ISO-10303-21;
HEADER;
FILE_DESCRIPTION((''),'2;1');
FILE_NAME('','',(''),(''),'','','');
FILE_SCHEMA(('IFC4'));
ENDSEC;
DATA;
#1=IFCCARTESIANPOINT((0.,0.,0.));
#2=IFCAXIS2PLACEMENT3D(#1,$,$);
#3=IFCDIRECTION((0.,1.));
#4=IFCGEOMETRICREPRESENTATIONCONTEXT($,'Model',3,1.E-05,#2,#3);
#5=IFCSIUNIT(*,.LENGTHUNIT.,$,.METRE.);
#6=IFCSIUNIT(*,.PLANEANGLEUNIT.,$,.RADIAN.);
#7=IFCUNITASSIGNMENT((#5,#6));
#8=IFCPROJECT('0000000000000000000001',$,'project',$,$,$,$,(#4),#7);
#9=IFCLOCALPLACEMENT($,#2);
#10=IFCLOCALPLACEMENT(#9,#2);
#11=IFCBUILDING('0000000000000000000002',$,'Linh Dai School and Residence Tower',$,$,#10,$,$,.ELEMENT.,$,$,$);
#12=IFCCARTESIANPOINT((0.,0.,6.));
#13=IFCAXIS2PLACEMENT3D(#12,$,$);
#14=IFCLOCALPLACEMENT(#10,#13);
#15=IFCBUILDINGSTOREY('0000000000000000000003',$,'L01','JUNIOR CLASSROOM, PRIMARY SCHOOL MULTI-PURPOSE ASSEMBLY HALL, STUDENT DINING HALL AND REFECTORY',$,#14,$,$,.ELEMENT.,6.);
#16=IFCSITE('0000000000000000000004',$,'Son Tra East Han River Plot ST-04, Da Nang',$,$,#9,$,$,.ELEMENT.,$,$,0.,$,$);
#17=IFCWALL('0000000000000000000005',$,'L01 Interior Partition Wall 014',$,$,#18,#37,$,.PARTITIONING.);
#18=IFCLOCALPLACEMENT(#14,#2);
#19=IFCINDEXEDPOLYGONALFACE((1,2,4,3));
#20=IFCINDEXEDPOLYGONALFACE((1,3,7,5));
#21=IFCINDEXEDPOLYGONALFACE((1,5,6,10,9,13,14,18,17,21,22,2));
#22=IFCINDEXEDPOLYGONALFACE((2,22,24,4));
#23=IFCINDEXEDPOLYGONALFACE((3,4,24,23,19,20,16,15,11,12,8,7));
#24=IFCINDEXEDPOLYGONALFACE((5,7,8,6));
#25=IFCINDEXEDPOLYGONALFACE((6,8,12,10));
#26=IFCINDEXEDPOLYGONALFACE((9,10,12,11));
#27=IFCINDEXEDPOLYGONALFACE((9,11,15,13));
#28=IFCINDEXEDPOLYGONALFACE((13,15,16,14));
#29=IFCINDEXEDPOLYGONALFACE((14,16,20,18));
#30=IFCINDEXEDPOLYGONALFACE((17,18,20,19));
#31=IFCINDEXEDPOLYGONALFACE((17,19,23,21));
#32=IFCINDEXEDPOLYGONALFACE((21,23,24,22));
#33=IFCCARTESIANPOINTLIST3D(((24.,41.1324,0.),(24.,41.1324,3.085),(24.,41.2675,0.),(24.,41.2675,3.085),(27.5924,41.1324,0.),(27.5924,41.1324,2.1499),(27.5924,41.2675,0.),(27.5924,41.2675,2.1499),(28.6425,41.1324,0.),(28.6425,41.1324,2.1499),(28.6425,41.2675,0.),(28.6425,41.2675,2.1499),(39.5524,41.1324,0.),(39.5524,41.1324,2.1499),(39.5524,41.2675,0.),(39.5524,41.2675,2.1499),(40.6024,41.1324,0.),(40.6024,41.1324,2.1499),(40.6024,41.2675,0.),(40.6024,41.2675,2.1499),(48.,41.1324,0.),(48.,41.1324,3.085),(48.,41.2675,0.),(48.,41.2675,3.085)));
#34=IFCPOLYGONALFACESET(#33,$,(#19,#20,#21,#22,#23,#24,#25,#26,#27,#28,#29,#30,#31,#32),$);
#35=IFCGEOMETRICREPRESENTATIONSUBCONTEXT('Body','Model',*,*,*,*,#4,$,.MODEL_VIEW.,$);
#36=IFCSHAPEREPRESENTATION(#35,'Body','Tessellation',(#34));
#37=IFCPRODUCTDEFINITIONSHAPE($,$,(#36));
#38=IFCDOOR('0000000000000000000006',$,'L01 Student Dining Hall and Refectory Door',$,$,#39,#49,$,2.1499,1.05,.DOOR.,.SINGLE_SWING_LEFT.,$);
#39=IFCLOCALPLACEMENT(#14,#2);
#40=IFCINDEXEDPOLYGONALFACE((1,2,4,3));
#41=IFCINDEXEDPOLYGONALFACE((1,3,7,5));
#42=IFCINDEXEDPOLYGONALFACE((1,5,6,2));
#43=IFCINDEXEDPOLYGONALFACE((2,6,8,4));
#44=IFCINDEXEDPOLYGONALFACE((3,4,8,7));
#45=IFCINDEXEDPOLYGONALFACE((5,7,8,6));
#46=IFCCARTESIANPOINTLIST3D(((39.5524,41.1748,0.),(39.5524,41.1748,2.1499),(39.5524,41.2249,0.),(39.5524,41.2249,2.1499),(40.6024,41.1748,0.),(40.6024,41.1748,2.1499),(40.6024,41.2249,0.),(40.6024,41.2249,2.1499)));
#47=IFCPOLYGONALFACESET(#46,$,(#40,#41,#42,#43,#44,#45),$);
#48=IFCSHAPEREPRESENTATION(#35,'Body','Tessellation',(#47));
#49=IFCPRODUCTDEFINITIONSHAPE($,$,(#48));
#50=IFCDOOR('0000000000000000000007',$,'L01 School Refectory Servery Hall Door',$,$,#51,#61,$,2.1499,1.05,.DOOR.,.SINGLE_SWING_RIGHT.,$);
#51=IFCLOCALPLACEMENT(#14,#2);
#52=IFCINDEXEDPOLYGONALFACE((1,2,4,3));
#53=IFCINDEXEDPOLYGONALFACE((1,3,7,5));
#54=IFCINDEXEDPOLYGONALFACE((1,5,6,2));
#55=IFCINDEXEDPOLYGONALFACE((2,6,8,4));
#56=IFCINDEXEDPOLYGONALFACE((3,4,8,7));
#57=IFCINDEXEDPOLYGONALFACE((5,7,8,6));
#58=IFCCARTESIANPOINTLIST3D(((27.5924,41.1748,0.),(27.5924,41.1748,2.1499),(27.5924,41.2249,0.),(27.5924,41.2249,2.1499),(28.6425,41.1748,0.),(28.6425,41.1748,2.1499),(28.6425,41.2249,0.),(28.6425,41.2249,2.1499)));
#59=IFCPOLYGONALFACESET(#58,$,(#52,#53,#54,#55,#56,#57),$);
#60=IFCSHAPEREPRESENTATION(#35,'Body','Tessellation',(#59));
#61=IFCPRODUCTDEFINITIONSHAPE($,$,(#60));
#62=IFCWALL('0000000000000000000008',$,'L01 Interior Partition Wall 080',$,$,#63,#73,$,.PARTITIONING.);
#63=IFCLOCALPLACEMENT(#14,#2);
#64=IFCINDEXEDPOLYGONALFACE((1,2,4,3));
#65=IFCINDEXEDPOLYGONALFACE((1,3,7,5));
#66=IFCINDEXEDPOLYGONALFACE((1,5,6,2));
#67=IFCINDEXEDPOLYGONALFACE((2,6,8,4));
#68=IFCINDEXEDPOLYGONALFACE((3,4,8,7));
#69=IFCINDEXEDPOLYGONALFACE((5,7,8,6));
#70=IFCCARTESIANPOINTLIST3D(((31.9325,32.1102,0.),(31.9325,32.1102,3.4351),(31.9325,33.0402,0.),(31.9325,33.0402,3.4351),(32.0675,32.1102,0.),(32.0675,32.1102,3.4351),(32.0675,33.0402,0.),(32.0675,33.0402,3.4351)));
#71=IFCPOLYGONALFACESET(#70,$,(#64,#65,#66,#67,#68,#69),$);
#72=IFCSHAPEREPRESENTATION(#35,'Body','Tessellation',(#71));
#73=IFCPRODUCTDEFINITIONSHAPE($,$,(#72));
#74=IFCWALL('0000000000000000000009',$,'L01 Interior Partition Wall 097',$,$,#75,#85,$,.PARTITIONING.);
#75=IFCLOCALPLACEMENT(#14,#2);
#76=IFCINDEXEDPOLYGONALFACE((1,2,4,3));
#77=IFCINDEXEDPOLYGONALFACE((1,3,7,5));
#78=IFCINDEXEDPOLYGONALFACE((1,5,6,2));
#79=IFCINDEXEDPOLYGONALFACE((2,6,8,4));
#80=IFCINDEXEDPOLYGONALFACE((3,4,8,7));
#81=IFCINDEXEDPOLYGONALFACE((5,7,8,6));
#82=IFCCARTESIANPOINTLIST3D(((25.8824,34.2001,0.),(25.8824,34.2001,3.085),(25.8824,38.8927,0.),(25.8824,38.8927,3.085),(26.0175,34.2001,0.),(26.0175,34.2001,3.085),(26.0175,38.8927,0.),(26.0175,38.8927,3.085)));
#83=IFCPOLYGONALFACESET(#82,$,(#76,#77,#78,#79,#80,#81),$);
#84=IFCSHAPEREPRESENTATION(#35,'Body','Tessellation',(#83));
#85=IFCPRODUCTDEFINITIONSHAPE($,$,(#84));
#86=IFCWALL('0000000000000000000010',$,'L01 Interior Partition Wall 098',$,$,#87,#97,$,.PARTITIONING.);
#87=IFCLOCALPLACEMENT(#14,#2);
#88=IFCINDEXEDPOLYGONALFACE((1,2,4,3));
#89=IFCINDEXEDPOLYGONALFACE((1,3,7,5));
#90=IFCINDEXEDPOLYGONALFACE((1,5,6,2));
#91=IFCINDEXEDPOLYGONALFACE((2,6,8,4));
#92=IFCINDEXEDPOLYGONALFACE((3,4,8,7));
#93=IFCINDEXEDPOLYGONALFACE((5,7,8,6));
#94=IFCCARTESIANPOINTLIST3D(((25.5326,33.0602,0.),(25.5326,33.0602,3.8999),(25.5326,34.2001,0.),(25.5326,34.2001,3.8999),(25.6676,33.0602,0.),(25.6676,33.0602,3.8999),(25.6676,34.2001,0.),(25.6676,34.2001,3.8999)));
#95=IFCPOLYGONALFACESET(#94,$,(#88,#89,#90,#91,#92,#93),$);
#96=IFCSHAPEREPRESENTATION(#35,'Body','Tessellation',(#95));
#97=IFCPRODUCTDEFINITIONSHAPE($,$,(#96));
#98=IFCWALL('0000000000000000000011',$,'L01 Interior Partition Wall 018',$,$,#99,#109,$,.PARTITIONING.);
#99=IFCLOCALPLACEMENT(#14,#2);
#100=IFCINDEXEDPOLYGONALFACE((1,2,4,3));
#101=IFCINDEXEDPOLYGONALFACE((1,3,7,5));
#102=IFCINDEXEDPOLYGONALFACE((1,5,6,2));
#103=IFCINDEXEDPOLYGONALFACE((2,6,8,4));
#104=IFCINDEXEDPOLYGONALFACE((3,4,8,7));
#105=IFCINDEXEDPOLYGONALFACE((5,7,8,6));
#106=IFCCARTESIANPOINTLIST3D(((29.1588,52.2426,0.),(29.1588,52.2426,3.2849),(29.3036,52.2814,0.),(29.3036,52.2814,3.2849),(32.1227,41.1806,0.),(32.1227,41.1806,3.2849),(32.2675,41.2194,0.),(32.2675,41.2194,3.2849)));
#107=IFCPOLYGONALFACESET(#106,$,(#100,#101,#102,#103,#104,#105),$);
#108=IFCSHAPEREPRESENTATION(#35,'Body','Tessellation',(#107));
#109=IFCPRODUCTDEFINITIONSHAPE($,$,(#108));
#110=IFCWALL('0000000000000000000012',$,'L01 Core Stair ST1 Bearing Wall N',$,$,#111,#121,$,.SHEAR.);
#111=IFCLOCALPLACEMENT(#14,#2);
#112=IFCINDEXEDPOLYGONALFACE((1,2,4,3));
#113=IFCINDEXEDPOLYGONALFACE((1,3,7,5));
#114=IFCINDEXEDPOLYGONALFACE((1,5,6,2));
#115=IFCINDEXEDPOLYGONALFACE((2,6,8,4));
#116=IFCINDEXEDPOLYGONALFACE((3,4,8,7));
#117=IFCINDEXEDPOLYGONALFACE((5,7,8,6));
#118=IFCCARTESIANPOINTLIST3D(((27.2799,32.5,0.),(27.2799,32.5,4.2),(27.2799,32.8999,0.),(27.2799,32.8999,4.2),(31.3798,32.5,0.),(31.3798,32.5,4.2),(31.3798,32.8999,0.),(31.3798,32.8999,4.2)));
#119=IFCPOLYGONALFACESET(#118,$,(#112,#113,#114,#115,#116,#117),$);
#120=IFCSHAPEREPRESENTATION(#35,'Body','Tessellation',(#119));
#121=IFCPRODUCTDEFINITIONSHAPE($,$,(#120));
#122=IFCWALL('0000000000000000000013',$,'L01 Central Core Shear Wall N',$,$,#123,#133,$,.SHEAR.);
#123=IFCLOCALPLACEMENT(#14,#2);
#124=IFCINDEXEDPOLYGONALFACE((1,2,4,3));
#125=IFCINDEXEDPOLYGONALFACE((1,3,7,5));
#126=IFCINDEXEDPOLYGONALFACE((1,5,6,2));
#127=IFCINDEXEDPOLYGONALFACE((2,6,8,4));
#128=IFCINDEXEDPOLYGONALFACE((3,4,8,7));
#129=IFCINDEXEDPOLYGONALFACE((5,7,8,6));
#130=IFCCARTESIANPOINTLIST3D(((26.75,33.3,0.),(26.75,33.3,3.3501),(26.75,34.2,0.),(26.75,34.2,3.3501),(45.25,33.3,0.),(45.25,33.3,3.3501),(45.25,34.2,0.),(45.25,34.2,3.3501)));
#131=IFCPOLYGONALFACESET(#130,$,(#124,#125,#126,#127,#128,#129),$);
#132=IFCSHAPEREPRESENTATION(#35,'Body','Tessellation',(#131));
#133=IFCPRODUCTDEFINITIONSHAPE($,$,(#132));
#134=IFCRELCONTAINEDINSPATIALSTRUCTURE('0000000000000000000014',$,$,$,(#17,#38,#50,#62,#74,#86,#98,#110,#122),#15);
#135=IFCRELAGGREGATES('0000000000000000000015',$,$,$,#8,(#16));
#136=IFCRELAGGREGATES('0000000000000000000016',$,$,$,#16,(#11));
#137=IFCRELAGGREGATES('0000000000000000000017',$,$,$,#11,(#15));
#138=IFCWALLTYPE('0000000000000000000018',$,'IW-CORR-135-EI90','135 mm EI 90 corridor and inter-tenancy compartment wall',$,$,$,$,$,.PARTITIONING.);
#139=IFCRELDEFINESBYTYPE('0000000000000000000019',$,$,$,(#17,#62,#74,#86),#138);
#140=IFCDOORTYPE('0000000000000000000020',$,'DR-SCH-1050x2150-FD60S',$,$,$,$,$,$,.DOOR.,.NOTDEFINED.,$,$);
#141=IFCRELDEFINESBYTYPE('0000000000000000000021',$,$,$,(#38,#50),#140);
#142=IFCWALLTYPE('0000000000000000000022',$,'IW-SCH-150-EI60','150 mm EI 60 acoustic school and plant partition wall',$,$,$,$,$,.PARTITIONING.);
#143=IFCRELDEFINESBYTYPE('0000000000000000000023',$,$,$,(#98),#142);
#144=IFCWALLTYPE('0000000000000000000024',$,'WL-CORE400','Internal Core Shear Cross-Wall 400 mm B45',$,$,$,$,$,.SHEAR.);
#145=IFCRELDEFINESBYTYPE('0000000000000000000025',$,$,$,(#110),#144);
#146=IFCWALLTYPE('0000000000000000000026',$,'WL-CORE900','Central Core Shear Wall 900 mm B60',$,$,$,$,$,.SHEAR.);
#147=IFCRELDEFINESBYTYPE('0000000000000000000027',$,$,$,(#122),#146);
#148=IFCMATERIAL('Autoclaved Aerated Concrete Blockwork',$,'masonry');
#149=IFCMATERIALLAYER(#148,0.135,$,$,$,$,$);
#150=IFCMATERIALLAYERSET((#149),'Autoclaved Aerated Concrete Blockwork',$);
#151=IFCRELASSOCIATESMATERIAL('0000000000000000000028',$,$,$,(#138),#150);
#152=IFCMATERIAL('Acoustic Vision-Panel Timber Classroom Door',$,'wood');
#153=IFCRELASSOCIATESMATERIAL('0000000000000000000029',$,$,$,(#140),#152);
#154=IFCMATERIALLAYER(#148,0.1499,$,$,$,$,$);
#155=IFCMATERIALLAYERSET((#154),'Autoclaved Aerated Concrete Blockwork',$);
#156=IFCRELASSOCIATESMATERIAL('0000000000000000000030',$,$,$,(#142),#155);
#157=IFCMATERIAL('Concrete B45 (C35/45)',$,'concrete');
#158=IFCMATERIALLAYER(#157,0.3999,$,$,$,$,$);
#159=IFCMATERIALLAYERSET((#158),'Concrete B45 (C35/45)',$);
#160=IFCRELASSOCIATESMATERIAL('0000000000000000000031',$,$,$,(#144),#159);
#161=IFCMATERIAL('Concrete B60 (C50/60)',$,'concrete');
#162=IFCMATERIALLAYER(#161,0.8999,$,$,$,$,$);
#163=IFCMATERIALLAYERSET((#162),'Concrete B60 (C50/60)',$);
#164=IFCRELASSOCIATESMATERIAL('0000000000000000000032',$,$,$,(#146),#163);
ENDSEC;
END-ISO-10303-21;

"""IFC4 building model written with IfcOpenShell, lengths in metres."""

from ifc_helpers import new_model, si_unit, direction, frame, frame_2d, origin, origin_2d, place, context, subcontext, project, spatial, rectangle, extrude, source, transform, mapped, material, layer, layer_set, type_object, element, fill, save


model = new_model("IFC4")

# Units and contexts
model_context = context("Model", 3, precision=1e-05, world=origin(), true_north=direction((0.0, 1.0)))
body_context = subcontext(model_context, "Body", "Model", "MODEL_VIEW")
ifc_project = project(units=[si_unit("LENGTHUNIT", "METRE"), si_unit("PLANEANGLEUNIT", "RADIAN")], contexts=[model_context])

# Site, building, storey
site_placement = place(None, origin())
site = spatial("IfcSite", under=ifc_project, at=site_placement, Name="Son Tra East Han River Plot ST-04, Da Nang", CompositionType="ELEMENT", RefElevation=0.0)
building_placement = place(site_placement, origin())
building = spatial("IfcBuilding", under=site, at=building_placement, Name="Linh Dai School and Residence Tower", CompositionType="ELEMENT")
storey_placement = place(building_placement, frame((0.0, 0.0, 6.0)))
storey = spatial("IfcBuildingStorey", under=building, at=storey_placement, Name="L01", Description="JUNIOR CLASSROOM, PRIMARY SCHOOL MULTI-PURPOSE ASSEMBLY HALL, STUDENT DINING HALL AND REFECTORY", CompositionType="ELEMENT", Elevation=6.0)

# Shared definitions
ifc_material_1 = material(Name="Concrete B60 (C50/60)", Category="concrete")

# Wall, openings, doors
ifc_material_2 = material(Name="Autoclaved Aerated Concrete Blockwork", Category="masonry")
ifc_layer_1 = layer(ifc_material_2, 0.135)
ifc_layer_set_1 = layer_set([ifc_layer_1], Name="Autoclaved Aerated Concrete Blockwork")
wall_type_1 = type_object("IfcWallType", Name="IW-CORR-135-EI90", Description="135 mm EI 90 corridor and inter-tenancy compartment wall", PredefinedType="PARTITIONING", material=ifc_layer_set_1)
ifc_material_3 = material(Name="Acoustic Vision-Panel Timber Classroom Door", Category="wood")
door_type = type_object("IfcDoorType", Name="DR-SCH-1050x2150-FD60S", OperationType="NOTDEFINED", PredefinedType="DOOR", material=ifc_material_3)
shared_shape_1 = source(origin(), body_context, "Body", "SweptSolid", [
    extrude(rectangle(XDim=1.05, YDim=2.1499, at=origin_2d()), frame((0.5249, 0.0249, 1.075), z_axis=(0.0, -1.0, 0.0), x_axis=(1.0, 0.0, 0.0)), (0.0, 0.0, 1.0), 0.05),
])
wall_1_placement = place(storey_placement, frame((24.0, 41.2, 0.0), z_axis=(0.0, 0.0, 1.0), x_axis=(1.0, 0.0, 0.0)))
wall_1 = element("IfcWall", 1, at=wall_1_placement, inside=storey, type_object=wall_type_1, Name="L01 Interior Partition Wall 014", PredefinedType="PARTITIONING", context=body_context, shape_type="SweptSolid", body=[
    extrude(rectangle(XDim=24.0, YDim=0.135, at=frame_2d((12.0, 0.0))), origin(), (0.0, 0.0, 1.0), 3.085),
])
opening_1_placement = place(wall_1_placement, frame((15.5525, 0.0, 0.0)))
opening_1 = element("IfcOpeningElement", 2, at=opening_1_placement, cuts=wall_1, PredefinedType="OPENING", context=body_context, shape_type="SweptSolid", body=[
    extrude(rectangle(XDim=1.05, YDim=2.1499, at=origin_2d()), frame((0.5249, 0.0776, 1.075), z_axis=(0.0, -1.0, 0.0), x_axis=(1.0, 0.0, 0.0)), (0.0, 0.0, 1.0), 0.155),
])
opening_2_placement = place(wall_1_placement, frame((3.5925, 0.0, 0.0)))
opening_2 = element("IfcOpeningElement", 3, at=opening_2_placement, cuts=wall_1, PredefinedType="OPENING", context=body_context, shape_type="SweptSolid", body=[
    extrude(rectangle(XDim=1.05, YDim=2.1499, at=origin_2d()), frame((0.5249, 0.0776, 1.075), z_axis=(0.0, -1.0, 0.0), x_axis=(1.0, 0.0, 0.0)), (0.0, 0.0, 1.0), 0.155),
])
door_1_placement = place(opening_1_placement, origin())
door_1 = element("IfcDoor", 4, at=door_1_placement, inside=storey, type_object=door_type, Name="L01 Student Dining Hall and Refectory Door", OperationType="SINGLE_SWING_LEFT", OverallHeight=2.1499, OverallWidth=1.05, PredefinedType="DOOR", context=body_context, shape_type="MappedRepresentation", body=[
    mapped(shared_shape_1, transform((0.0, 0.0, 0.0), x_axis=(1.0, 0.0, 0.0), y_axis=(0.0, 1.0, 0.0), z_axis=(0.0, 0.0, 1.0), scale=1.0)),
])
fill(opening_1, door_1)
door_2_placement = place(opening_2_placement, origin())
door_2 = element("IfcDoor", 5, at=door_2_placement, inside=storey, type_object=door_type, Name="L01 School Refectory Servery Hall Door", OperationType="SINGLE_SWING_RIGHT", OverallHeight=2.1499, OverallWidth=1.05, PredefinedType="DOOR", context=body_context, shape_type="MappedRepresentation", body=[
    mapped(shared_shape_1, transform((0.0, 0.0, 0.0), x_axis=(1.0, 0.0, 0.0), y_axis=(0.0, 1.0, 0.0), z_axis=(0.0, 0.0, 1.0), scale=1.0)),
])
fill(opening_2, door_2)

# Walls
wall_2_placement = place(storey_placement, frame((32.0, 33.04, 0.0), z_axis=(0.0, 0.0, 1.0), x_axis=(0.0, -1.0, 0.0)))
element("IfcWall", 6, at=wall_2_placement, inside=storey, type_object=wall_type_1, Name="L01 Interior Partition Wall 080", PredefinedType="PARTITIONING", context=body_context, shape_type="SweptSolid", body=[
    extrude(rectangle(XDim=0.9299, YDim=0.135, at=frame_2d((0.4648, 0.0))), origin(), (0.0, 0.0, 1.0), 3.4351),
])
wall_3_placement = place(storey_placement, frame((25.95, 38.8926, 0.0), z_axis=(0.0, 0.0, 1.0), x_axis=(0.0, -1.0, 0.0)))
element("IfcWall", 7, at=wall_3_placement, inside=storey, type_object=wall_type_1, Name="L01 Interior Partition Wall 097", PredefinedType="PARTITIONING", context=body_context, shape_type="SweptSolid", body=[
    extrude(rectangle(XDim=4.6926, YDim=0.135, at=frame_2d((2.3462, 0.0))), origin(), (0.0, 0.0, 1.0), 3.085),
])
wall_4_placement = place(storey_placement, frame((25.6001, 34.2, 0.0), z_axis=(0.0, 0.0, 1.0), x_axis=(0.0, -1.0, 0.0)))
element("IfcWall", 8, at=wall_4_placement, inside=storey, type_object=wall_type_1, Name="L01 Interior Partition Wall 098", PredefinedType="PARTITIONING", context=body_context, shape_type="SweptSolid", body=[
    extrude(rectangle(XDim=1.1399, YDim=0.135, at=frame_2d((0.5698, 0.0))), origin(), (0.0, 0.0, 1.0), 3.8999),
])
ifc_layer_2 = layer(ifc_material_2, 0.1499)
ifc_layer_set_2 = layer_set([ifc_layer_2], Name="Autoclaved Aerated Concrete Blockwork")
wall_type_2 = type_object("IfcWallType", Name="IW-SCH-150-EI60", Description="150 mm EI 60 acoustic school and plant partition wall", PredefinedType="PARTITIONING", material=ifc_layer_set_2)
wall_5_placement = place(storey_placement, frame((29.2312, 52.262, 0.0), z_axis=(0.0, 0.0, 1.0), x_axis=(0.258804, -0.96593, 0.0)))
element("IfcWall", 9, at=wall_5_placement, inside=storey, type_object=wall_type_2, Name="L01 Interior Partition Wall 018", PredefinedType="PARTITIONING", context=body_context, shape_type="SweptSolid", body=[
    extrude(rectangle(XDim=11.4521, YDim=0.1499, at=frame_2d((5.7261, 0.0))), origin(), (0.0, 0.0, 1.0), 3.2849),
])
ifc_material_4 = material(Name="Concrete B45 (C35/45)", Category="concrete")
ifc_layer_3 = layer(ifc_material_4, 0.3999)
ifc_layer_set_3 = layer_set([ifc_layer_3], Name="Concrete B45 (C35/45)")
wall_type_3 = type_object("IfcWallType", Name="WL-CORE400", Description="Internal Core Shear Cross-Wall 400 mm B45", PredefinedType="SHEAR", material=ifc_layer_set_3)
wall_6_placement = place(storey_placement, frame((27.28, 32.7, 0.0), z_axis=(0.0, 0.0, 1.0), x_axis=(1.0, 0.0, 0.0)))
element("IfcWall", 10, at=wall_6_placement, inside=storey, type_object=wall_type_3, Name="L01 Core Stair ST1 Bearing Wall N", PredefinedType="SHEAR", context=body_context, shape_type="SweptSolid", body=[
    extrude(rectangle(XDim=4.0999, YDim=0.3999, at=frame_2d((2.0498, 0.0))), origin(), (0.0, 0.0, 1.0), 4.2),
])
ifc_layer_4 = layer(ifc_material_1, 0.8999)
ifc_layer_set_4 = layer_set([ifc_layer_4], Name="Concrete B60 (C50/60)")
wall_type_4 = type_object("IfcWallType", Name="WL-CORE900", Description="Central Core Shear Wall 900 mm B60", PredefinedType="SHEAR", material=ifc_layer_set_4)
wall_7_placement = place(storey_placement, frame((26.75, 33.75, 0.0), z_axis=(0.0, 0.0, 1.0), x_axis=(1.0, 0.0, 0.0)))
element("IfcWall", 11, at=wall_7_placement, inside=storey, type_object=wall_type_4, Name="L01 Central Core Shear Wall N", PredefinedType="SHEAR", context=body_context, shape_type="SweptSolid", body=[
    extrude(rectangle(XDim=18.5, YDim=0.8999, at=frame_2d((9.25, 0.0))), origin(), (0.0, 0.0, 1.0), 3.3501),
])

save(model, "model.ifc")
